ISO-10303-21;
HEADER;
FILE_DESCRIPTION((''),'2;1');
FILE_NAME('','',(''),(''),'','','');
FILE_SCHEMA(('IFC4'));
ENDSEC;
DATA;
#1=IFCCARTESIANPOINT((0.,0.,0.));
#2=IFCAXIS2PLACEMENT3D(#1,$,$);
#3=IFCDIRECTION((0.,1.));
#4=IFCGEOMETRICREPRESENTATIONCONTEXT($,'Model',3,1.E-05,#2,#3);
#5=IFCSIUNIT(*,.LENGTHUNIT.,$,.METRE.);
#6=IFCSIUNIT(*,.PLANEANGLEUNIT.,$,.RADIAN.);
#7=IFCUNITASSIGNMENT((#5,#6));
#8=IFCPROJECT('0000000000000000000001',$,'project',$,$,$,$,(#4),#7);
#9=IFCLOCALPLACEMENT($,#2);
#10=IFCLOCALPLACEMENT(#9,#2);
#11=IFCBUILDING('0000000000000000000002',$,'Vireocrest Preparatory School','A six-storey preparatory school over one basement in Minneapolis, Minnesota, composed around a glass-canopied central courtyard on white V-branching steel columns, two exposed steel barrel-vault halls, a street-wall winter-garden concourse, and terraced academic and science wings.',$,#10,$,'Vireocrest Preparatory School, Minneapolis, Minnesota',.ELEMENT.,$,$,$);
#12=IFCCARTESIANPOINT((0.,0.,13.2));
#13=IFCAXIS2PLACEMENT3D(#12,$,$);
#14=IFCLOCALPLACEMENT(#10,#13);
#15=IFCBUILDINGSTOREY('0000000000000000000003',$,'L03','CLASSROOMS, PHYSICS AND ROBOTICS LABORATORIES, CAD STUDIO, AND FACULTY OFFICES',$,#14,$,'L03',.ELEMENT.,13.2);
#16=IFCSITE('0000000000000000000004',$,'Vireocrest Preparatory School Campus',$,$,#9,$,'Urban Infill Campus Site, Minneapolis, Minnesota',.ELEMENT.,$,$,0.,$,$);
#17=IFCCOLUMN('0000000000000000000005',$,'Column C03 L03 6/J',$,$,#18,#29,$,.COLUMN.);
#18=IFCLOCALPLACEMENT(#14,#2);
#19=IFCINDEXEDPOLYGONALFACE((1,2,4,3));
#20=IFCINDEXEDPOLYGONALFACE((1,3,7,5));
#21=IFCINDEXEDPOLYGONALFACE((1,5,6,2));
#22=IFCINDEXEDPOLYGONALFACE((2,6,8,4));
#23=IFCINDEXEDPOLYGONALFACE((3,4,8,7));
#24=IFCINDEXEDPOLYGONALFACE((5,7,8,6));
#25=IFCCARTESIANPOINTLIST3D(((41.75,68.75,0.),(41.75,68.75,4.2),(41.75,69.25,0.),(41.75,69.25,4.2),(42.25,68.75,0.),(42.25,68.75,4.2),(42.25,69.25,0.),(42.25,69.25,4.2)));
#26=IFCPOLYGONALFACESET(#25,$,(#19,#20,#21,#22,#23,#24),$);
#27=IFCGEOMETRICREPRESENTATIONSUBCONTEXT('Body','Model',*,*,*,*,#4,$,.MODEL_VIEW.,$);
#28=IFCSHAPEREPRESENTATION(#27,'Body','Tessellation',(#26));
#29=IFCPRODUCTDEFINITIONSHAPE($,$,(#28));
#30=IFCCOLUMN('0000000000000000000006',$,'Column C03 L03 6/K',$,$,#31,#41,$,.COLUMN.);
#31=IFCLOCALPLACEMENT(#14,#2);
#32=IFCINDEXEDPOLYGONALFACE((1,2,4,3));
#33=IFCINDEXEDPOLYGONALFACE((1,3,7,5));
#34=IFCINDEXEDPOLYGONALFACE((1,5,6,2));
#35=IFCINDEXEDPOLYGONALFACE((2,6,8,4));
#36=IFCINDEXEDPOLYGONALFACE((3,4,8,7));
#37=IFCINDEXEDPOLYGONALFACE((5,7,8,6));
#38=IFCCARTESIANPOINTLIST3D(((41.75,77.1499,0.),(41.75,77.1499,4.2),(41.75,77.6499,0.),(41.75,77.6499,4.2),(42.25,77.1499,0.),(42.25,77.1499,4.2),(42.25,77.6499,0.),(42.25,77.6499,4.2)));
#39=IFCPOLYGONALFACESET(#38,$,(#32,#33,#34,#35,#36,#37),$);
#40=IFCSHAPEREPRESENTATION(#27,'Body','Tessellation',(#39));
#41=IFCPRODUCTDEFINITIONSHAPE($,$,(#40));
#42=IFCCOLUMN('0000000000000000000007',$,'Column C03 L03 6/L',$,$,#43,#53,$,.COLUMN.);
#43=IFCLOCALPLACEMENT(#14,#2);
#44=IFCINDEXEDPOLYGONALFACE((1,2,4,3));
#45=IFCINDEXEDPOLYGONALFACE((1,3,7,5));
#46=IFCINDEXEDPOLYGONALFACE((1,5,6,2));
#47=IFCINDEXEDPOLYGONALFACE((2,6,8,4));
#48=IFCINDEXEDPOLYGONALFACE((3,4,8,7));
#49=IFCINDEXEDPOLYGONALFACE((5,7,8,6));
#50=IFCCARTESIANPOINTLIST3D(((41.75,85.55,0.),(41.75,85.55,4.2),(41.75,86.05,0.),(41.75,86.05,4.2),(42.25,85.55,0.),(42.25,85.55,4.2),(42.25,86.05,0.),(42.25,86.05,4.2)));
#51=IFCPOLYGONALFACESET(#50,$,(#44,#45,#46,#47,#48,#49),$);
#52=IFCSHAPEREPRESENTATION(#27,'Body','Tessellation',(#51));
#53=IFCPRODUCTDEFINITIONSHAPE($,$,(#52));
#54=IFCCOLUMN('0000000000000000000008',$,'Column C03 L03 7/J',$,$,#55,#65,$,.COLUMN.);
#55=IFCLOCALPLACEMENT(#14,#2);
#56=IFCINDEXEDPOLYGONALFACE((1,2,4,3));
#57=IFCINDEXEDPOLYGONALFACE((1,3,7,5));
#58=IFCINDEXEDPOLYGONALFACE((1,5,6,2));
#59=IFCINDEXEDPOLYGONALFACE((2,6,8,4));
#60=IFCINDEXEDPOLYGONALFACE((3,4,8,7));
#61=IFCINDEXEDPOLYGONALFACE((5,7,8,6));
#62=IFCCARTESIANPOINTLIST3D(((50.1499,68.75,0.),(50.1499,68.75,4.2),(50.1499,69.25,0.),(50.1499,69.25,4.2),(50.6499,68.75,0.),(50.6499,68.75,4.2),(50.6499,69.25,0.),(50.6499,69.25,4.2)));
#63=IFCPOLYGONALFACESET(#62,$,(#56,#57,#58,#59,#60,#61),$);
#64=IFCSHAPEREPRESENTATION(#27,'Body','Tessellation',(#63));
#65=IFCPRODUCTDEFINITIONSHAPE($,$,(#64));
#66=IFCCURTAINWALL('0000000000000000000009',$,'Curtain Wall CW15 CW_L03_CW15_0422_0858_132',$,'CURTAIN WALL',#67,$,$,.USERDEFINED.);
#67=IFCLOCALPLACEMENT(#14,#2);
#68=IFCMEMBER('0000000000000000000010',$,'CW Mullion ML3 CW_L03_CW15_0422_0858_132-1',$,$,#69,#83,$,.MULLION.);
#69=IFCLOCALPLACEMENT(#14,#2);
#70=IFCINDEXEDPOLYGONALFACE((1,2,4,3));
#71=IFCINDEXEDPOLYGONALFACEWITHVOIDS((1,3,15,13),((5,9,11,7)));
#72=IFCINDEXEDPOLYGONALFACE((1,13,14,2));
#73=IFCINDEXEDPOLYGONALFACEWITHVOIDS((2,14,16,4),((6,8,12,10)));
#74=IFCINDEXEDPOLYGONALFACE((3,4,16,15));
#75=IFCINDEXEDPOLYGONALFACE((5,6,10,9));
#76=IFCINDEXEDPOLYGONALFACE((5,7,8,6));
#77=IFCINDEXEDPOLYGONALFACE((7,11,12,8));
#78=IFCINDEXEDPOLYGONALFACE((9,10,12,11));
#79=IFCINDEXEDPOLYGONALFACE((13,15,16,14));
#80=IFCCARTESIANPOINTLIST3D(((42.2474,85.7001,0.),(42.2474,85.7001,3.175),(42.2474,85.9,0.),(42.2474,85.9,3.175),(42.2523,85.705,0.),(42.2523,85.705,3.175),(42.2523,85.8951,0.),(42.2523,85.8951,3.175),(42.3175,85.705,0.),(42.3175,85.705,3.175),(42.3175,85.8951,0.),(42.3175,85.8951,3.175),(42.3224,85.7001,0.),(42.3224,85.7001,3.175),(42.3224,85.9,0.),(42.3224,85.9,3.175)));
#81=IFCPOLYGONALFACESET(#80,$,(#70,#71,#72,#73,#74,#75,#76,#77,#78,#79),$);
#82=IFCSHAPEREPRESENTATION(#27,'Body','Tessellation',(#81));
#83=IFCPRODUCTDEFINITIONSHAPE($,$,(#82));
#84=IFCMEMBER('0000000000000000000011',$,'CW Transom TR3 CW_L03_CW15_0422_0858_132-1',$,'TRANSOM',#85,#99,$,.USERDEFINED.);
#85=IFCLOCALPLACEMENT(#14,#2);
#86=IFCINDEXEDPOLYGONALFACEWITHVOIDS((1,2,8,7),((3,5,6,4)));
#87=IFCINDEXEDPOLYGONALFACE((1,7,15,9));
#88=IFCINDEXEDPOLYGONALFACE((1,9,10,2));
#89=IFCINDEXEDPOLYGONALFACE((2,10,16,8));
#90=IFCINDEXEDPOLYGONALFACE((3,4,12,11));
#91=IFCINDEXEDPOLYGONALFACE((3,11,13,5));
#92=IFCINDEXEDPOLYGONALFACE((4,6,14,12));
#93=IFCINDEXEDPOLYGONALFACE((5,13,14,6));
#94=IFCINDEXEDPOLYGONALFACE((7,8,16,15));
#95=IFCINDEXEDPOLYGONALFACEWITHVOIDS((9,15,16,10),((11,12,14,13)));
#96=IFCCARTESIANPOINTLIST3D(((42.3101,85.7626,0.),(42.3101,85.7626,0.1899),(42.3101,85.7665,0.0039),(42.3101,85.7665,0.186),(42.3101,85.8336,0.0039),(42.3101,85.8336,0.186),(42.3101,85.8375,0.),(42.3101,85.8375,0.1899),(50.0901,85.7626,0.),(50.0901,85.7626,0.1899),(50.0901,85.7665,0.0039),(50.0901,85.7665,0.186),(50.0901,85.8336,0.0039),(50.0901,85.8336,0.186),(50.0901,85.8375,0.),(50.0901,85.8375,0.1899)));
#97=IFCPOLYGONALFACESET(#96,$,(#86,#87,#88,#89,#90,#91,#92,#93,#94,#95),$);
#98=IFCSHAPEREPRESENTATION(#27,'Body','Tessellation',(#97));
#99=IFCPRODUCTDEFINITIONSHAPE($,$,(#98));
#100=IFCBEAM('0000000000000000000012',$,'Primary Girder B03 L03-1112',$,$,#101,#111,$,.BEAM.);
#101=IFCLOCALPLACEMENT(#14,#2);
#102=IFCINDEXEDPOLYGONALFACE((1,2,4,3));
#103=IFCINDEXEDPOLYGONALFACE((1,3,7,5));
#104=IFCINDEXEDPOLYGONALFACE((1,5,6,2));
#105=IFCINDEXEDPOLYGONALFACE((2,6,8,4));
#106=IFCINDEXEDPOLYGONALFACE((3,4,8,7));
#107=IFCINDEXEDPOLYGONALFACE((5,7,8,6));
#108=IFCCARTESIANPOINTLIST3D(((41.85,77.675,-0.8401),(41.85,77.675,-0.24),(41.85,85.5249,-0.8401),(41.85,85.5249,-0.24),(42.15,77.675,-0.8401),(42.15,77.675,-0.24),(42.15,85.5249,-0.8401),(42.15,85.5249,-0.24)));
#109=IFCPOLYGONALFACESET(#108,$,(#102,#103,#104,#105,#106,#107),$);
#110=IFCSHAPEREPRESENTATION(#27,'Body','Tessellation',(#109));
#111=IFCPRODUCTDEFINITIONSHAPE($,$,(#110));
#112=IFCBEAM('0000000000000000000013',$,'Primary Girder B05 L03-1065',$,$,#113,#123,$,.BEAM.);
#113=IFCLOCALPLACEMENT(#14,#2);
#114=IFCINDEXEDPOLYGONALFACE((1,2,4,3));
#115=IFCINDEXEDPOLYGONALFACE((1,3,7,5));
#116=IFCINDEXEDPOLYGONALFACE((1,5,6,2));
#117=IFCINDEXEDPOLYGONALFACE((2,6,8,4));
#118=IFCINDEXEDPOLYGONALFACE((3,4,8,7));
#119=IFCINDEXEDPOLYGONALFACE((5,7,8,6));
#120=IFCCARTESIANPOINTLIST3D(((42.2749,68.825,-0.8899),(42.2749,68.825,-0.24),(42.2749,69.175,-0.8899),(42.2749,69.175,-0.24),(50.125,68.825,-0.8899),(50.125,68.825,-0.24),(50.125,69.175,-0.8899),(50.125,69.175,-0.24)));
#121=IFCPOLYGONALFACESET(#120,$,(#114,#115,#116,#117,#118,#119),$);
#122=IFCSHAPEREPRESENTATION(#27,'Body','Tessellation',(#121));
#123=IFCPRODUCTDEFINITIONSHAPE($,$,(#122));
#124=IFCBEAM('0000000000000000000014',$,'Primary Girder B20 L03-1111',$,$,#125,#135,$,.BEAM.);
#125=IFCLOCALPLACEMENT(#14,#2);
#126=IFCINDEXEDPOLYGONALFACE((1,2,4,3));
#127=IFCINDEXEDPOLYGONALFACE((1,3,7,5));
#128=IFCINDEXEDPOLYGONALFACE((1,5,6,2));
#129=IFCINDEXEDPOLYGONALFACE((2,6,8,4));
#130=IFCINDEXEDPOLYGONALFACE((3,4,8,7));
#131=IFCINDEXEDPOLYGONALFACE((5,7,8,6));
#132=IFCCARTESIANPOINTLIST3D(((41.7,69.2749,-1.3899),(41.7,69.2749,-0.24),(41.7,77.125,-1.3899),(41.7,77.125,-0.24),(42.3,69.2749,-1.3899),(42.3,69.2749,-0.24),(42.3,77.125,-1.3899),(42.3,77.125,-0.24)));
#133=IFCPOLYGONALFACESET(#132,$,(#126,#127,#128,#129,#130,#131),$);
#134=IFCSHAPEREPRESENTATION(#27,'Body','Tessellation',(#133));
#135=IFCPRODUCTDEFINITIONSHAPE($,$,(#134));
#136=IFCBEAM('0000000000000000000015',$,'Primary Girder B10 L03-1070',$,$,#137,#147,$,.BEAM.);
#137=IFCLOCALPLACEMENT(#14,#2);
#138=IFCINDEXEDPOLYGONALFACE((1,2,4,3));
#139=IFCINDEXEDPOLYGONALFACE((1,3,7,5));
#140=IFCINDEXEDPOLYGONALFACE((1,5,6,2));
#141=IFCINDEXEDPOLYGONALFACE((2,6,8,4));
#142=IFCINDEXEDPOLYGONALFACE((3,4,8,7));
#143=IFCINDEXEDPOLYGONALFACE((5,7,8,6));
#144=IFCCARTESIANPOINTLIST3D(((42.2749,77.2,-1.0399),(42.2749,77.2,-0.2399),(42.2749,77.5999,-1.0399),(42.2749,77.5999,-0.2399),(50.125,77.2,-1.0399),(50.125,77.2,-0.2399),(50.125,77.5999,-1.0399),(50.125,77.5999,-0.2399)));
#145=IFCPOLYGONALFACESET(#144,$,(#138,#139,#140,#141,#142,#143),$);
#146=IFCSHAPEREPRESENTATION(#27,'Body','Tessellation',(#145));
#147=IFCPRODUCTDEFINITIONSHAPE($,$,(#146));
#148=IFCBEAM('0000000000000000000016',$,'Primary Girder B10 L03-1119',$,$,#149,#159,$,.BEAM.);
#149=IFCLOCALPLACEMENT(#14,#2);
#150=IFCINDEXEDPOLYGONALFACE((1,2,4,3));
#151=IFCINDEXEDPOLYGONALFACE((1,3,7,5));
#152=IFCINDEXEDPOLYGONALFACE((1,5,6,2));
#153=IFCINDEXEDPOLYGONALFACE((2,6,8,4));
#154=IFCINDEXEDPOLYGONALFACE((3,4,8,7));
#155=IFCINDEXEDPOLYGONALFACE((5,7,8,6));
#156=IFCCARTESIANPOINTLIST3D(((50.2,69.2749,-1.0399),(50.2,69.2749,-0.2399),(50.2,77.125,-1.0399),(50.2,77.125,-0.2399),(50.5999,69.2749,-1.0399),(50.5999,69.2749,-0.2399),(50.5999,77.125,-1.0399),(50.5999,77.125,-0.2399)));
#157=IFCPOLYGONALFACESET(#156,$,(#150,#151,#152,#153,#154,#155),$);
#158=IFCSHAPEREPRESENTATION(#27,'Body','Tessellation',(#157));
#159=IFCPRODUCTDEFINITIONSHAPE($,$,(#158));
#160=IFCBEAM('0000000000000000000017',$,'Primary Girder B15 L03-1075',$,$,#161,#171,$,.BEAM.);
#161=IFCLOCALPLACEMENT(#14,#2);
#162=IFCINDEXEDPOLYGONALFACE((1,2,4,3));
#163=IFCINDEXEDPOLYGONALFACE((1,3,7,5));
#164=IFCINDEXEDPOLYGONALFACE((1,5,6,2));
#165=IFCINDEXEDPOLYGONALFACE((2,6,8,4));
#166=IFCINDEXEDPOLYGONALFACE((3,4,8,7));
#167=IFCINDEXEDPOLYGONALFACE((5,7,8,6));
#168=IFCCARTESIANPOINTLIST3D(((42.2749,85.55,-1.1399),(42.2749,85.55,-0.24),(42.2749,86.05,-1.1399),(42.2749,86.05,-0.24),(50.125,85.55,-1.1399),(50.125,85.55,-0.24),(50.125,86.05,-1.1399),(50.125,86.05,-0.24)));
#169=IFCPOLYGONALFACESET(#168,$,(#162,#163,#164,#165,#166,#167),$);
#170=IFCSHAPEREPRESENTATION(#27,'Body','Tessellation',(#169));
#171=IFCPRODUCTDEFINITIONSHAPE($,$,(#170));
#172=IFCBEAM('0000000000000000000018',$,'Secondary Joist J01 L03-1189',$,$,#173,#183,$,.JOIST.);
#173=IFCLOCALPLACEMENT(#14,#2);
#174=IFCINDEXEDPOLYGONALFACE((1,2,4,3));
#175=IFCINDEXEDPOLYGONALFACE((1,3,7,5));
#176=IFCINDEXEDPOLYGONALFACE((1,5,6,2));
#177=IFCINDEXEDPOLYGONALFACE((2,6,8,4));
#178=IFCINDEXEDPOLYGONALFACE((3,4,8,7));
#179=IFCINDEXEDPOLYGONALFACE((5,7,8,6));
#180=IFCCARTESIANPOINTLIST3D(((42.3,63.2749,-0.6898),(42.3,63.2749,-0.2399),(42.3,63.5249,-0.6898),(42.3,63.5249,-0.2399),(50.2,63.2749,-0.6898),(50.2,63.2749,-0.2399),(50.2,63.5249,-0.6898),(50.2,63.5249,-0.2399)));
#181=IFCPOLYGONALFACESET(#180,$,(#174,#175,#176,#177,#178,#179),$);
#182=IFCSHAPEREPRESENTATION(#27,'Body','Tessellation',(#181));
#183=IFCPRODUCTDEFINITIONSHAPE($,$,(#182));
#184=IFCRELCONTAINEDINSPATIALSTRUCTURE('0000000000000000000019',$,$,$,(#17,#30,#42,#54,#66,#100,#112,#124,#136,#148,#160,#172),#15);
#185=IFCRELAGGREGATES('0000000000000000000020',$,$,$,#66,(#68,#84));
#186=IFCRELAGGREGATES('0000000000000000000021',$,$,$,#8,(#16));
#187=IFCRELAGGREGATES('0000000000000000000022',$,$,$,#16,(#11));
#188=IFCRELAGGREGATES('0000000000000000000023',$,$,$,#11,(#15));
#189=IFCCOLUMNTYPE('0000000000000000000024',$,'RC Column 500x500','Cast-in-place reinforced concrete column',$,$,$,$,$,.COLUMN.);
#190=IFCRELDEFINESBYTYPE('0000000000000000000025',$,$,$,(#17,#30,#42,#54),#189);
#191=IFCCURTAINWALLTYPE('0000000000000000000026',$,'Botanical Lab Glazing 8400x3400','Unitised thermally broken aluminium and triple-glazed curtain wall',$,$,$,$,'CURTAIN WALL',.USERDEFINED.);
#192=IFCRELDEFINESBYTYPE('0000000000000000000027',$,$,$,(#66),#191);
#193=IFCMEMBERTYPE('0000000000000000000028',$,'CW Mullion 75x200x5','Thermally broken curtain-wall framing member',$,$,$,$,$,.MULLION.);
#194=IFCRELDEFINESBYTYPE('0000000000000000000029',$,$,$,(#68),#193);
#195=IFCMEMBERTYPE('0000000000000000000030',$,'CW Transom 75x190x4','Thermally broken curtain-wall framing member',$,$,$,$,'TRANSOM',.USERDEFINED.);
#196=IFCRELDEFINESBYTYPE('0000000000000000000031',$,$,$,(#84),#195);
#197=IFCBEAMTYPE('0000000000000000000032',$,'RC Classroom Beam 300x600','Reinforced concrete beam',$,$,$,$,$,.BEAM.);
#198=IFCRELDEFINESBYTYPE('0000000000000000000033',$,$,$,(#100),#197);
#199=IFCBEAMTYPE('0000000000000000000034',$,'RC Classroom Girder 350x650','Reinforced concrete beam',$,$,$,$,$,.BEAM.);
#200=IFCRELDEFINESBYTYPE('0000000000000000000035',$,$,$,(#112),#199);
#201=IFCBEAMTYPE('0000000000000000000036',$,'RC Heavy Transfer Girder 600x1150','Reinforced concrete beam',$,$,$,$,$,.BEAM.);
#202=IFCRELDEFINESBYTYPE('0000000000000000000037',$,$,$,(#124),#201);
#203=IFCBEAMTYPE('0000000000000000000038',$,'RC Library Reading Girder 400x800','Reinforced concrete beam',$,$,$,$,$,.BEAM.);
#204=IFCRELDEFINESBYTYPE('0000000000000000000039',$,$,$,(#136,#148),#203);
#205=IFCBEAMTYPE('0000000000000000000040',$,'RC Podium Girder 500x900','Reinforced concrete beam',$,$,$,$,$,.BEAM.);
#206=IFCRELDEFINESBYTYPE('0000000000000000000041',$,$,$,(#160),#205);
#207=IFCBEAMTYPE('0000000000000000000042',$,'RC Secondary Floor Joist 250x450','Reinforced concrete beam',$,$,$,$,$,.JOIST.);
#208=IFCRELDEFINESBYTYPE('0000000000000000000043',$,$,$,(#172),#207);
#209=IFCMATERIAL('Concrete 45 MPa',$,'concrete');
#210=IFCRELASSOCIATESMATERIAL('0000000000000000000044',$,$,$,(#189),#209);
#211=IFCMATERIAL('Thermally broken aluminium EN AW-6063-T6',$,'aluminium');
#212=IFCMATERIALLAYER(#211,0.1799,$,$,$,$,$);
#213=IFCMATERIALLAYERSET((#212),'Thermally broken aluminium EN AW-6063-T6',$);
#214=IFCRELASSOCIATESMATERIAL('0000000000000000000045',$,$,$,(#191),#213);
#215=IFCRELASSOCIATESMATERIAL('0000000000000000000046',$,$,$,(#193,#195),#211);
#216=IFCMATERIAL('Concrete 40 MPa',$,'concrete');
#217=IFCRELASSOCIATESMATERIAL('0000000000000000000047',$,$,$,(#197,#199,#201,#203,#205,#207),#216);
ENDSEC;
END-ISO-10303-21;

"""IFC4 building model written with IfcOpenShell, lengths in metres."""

from ifc_helpers import new_model, si_unit, direction, frame, origin, origin_2d, place, context, subcontext, project, spatial, rectangle, hollow_rectangle, extrude, material, layer, layer_set, material_profile, profile_set, type_object, element, aggregate, save


model = new_model("IFC4")

# Units and contexts
model_context = context("Model", 3, precision=1e-05, world=origin(), true_north=direction((0.0, 1.0)))
body_context = subcontext(model_context, "Body", "Model", "MODEL_VIEW")
ifc_project = project(units=[si_unit("LENGTHUNIT", "METRE"), si_unit("PLANEANGLEUNIT", "RADIAN")], contexts=[model_context])

# Site, building, storey
site_placement = place(None, origin())
site = spatial("IfcSite", under=ifc_project, at=site_placement, Name="Vireocrest Preparatory School Campus", LongName="Urban Infill Campus Site, Minneapolis, Minnesota", CompositionType="ELEMENT", RefElevation=0.0)
building_placement = place(site_placement, origin())
building = spatial("IfcBuilding", under=site, at=building_placement, Name="Vireocrest Preparatory School", Description="A six-storey preparatory school over one basement in Minneapolis, Minnesota, composed around a glass-canopied central courtyard on white V-branching steel columns, two exposed steel barrel-vault halls, a street-wall winter-garden concourse, and terraced academic and science wings.", LongName="Vireocrest Preparatory School, Minneapolis, Minnesota", CompositionType="ELEMENT")
storey_placement = place(building_placement, frame((0.0, 0.0, 13.2)))
storey = spatial("IfcBuildingStorey", under=building, at=storey_placement, Name="L03", Description="CLASSROOMS, PHYSICS AND ROBOTICS LABORATORIES, CAD STUDIO, AND FACULTY OFFICES", LongName="L03", CompositionType="ELEMENT", Elevation=13.2)

# Columns
ifc_material_1 = material(Name="Concrete 45 MPa", Category="concrete")
ifc_material_profile_1 = material_profile(ifc_material_1, rectangle(XDim=0.5, YDim=0.5, at=origin_2d()), Name="RC 500x500")
ifc_profile_set_1 = profile_set([ifc_material_profile_1], Name="Concrete 45 MPa")
column_type = type_object("IfcColumnType", Name="RC Column 500x500", Description="Cast-in-place reinforced concrete column", PredefinedType="COLUMN", material=ifc_profile_set_1)
for number, where, z_axis, x_axis, name in (
    (1, (42.0, 69.0, 0.0), (0.0, 0.0, 1.0), (1.0, 0.0, 0.0), "Column C03 L03 6/J"),
    (2, (42.0, 77.3999, 0.0), (0.0, 0.0, 1.0), (1.0, 0.0, 0.0), "Column C03 L03 6/K"),
    (3, (42.0, 85.8, 0.0), (0.0, 0.0, 1.0), (1.0, 0.0, 0.0), "Column C03 L03 6/L"),
    (4, (50.3999, 69.0, 0.0), (0.0, 0.0, 1.0), (1.0, 0.0, 0.0), "Column C03 L03 7/J"),
):
    element("IfcColumn", number, at=place(storey_placement, frame(where, z_axis=z_axis, x_axis=x_axis)), inside=storey, type_object=column_type, Name=name, PredefinedType="COLUMN", context=body_context, shape_type="SweptSolid", body=[
        extrude(rectangle(XDim=0.5, YDim=0.5, at=origin_2d()), origin(), (0.0, 0.0, 1.0), 4.2),
    ])

# Curtain wall, members
ifc_material_2 = material(Name="Thermally broken aluminium EN AW-6063-T6", Category="aluminium")
ifc_layer_1 = layer(ifc_material_2, 0.1799)
ifc_layer_set_1 = layer_set([ifc_layer_1], Name="Thermally broken aluminium EN AW-6063-T6")
curtain_wall_type = type_object("IfcCurtainWallType", Name="Botanical Lab Glazing 8400x3400", Description="Unitised thermally broken aluminium and triple-glazed curtain wall", ElementType="CURTAIN WALL", PredefinedType="USERDEFINED", material=ifc_layer_set_1)
curtain_wall_placement = place(storey_placement, origin())
curtain_wall = element("IfcCurtainWall", 5, at=curtain_wall_placement, inside=storey, type_object=curtain_wall_type, Name="Curtain Wall CW15 CW_L03_CW15_0422_0858_132", ObjectType="CURTAIN WALL", PredefinedType="USERDEFINED")
ifc_material_profile_2 = material_profile(ifc_material_2, hollow_rectangle(XDim=0.075, YDim=0.2, WallThickness=0.0049, at=origin_2d()), Name="ALU 75x200x5")
ifc_profile_set_2 = profile_set([ifc_material_profile_2], Name="Thermally broken aluminium EN AW-6063-T6")
member_type_1 = type_object("IfcMemberType", Name="CW Mullion 75x200x5", Description="Thermally broken curtain-wall framing member", PredefinedType="MULLION", material=ifc_profile_set_2)
member_1_placement = place(storey_placement, frame((42.2849, 85.8, 0.0), z_axis=(0.0, 0.0, 1.0), x_axis=(1.0, 0.0, 0.0)))
member_1 = element("IfcMember", 6, at=member_1_placement, type_object=member_type_1, Name="CW Mullion ML3 CW_L03_CW15_0422_0858_132-1", PredefinedType="MULLION", context=body_context, shape_type="SweptSolid", body=[
    extrude(hollow_rectangle(XDim=0.075, YDim=0.2, WallThickness=0.0049, at=origin_2d()), origin(), (0.0, 0.0, 1.0), 3.175),
])
ifc_material_profile_3 = material_profile(ifc_material_2, hollow_rectangle(XDim=0.075, YDim=0.1899, WallThickness=0.0039, at=origin_2d()), Name="ALU 75x190x4")
ifc_profile_set_3 = profile_set([ifc_material_profile_3], Name="Thermally broken aluminium EN AW-6063-T6")
member_type_2 = type_object("IfcMemberType", Name="CW Transom 75x190x4", Description="Thermally broken curtain-wall framing member", ElementType="TRANSOM", PredefinedType="USERDEFINED", material=ifc_profile_set_3)
member_2_placement = place(storey_placement, frame((42.3101, 85.8, 0.095), z_axis=(1.0, 0.0, 0.0), x_axis=(0.0, 1.0, 0.0)))
member_2 = element("IfcMember", 7, at=member_2_placement, type_object=member_type_2, Name="CW Transom TR3 CW_L03_CW15_0422_0858_132-1", ObjectType="TRANSOM", PredefinedType="USERDEFINED", context=body_context, shape_type="SweptSolid", body=[
    extrude(hollow_rectangle(XDim=0.075, YDim=0.1899, WallThickness=0.0039, at=origin_2d()), origin(), (0.0, 0.0, 1.0), 7.78),
])
aggregate(curtain_wall, [member_1, member_2])

# Beams
ifc_material_3 = material(Name="Concrete 40 MPa", Category="concrete")
ifc_material_profile_4 = material_profile(ifc_material_3, rectangle(XDim=0.3, YDim=0.6001, at=origin_2d()), Name="RC 300x600")
ifc_profile_set_4 = profile_set([ifc_material_profile_4], Name="Concrete 40 MPa")
beam_type_1 = type_object("IfcBeamType", Name="RC Classroom Beam 300x600", Description="Reinforced concrete beam", PredefinedType="BEAM", material=ifc_profile_set_4)
beam_1_placement = place(storey_placement, frame((42.0, 77.675, -0.54), z_axis=(0.0, 1.0, 0.0), x_axis=(-1.0, 0.0, 0.0)))
element("IfcBeam", 8, at=beam_1_placement, inside=storey, type_object=beam_type_1, Name="Primary Girder B03 L03-1112", PredefinedType="BEAM", context=body_context, shape_type="SweptSolid", body=[
    extrude(rectangle(XDim=0.3, YDim=0.6001, at=origin_2d()), origin(), (0.0, 0.0, 1.0), 7.8499),
])
ifc_material_profile_5 = material_profile(ifc_material_3, rectangle(XDim=0.3501, YDim=0.6499, at=origin_2d()), Name="RC 350x650")
ifc_profile_set_5 = profile_set([ifc_material_profile_5], Name="Concrete 40 MPa")
beam_type_2 = type_object("IfcBeamType", Name="RC Classroom Girder 350x650", Description="Reinforced concrete beam", PredefinedType="BEAM", material=ifc_profile_set_5)
beam_2_placement = place(storey_placement, frame((42.2749, 69.0, -0.5649), z_axis=(1.0, 0.0, 0.0), x_axis=(0.0, 1.0, 0.0)))
element("IfcBeam", 9, at=beam_2_placement, inside=storey, type_object=beam_type_2, Name="Primary Girder B05 L03-1065", PredefinedType="BEAM", context=body_context, shape_type="SweptSolid", body=[
    extrude(rectangle(XDim=0.3501, YDim=0.6499, at=origin_2d()), origin(), (0.0, 0.0, 1.0), 7.8501),
])
ifc_material_profile_6 = material_profile(ifc_material_3, rectangle(XDim=0.6001, YDim=1.1499, at=origin_2d()), Name="RC 600x1150")
ifc_profile_set_6 = profile_set([ifc_material_profile_6], Name="Concrete 40 MPa")
beam_type_3 = type_object("IfcBeamType", Name="RC Heavy Transfer Girder 600x1150", Description="Reinforced concrete beam", PredefinedType="BEAM", material=ifc_profile_set_6)
beam_3_placement = place(storey_placement, frame((42.0, 69.2749, -0.8149), z_axis=(0.0, 1.0, 0.0), x_axis=(-1.0, 0.0, 0.0)))
element("IfcBeam", 10, at=beam_3_placement, inside=storey, type_object=beam_type_3, Name="Primary Girder B20 L03-1111", PredefinedType="BEAM", context=body_context, shape_type="SweptSolid", body=[
    extrude(rectangle(XDim=0.6001, YDim=1.1499, at=origin_2d()), origin(), (0.0, 0.0, 1.0), 7.8501),
])
ifc_material_profile_7 = material_profile(ifc_material_3, rectangle(XDim=0.3999, YDim=0.8, at=origin_2d()), Name="RC 400x800")
ifc_profile_set_7 = profile_set([ifc_material_profile_7], Name="Concrete 40 MPa")
beam_type_4 = type_object("IfcBeamType", Name="RC Library Reading Girder 400x800", Description="Reinforced concrete beam", PredefinedType="BEAM", material=ifc_profile_set_7)
for number, where, z_axis, x_axis, name in (
    (11, (42.2749, 77.3999, -0.6399), (1.0, 0.0, 0.0), (0.0, 1.0, 0.0), "Primary Girder B10 L03-1070"),
    (12, (50.3999, 69.2749, -0.6399), (0.0, 1.0, 0.0), (-1.0, 0.0, 0.0), "Primary Girder B10 L03-1119"),
):
    element("IfcBeam", number, at=place(storey_placement, frame(where, z_axis=z_axis, x_axis=x_axis)), inside=storey, type_object=beam_type_4, Name=name, PredefinedType="BEAM", context=body_context, shape_type="SweptSolid", body=[
        extrude(rectangle(XDim=0.3999, YDim=0.8, at=origin_2d()), origin(), (0.0, 0.0, 1.0), 7.8501),
    ])
ifc_material_profile_8 = material_profile(ifc_material_3, rectangle(XDim=0.5, YDim=0.8999, at=origin_2d()), Name="RC 500x900")
ifc_profile_set_8 = profile_set([ifc_material_profile_8], Name="Concrete 40 MPa")
beam_type_5 = type_object("IfcBeamType", Name="RC Podium Girder 500x900", Description="Reinforced concrete beam", PredefinedType="BEAM", material=ifc_profile_set_8)
beam_4_placement = place(storey_placement, frame((42.2749, 85.8, -0.6899), z_axis=(1.0, 0.0, 0.0), x_axis=(0.0, 1.0, 0.0)))
element("IfcBeam", 13, at=beam_4_placement, inside=storey, type_object=beam_type_5, Name="Primary Girder B15 L03-1075", PredefinedType="BEAM", context=body_context, shape_type="SweptSolid", body=[
    extrude(rectangle(XDim=0.5, YDim=0.8999, at=origin_2d()), origin(), (0.0, 0.0, 1.0), 7.8501),
])
ifc_material_profile_9 = material_profile(ifc_material_3, rectangle(XDim=0.25, YDim=0.45, at=origin_2d()), Name="RC 250x450")
ifc_profile_set_9 = profile_set([ifc_material_profile_9], Name="Concrete 40 MPa")
beam_type_6 = type_object("IfcBeamType", Name="RC Secondary Floor Joist 250x450", Description="Reinforced concrete beam", PredefinedType="JOIST", material=ifc_profile_set_9)
for number, where, z_axis, x_axis, name in (
    (14, (42.3, 63.3999, -0.4648), (1.0, 0.0, 0.0), (0.0, 1.0, 0.0), "Secondary Joist J01 L03-1189"),
):
    element("IfcBeam", number, at=place(storey_placement, frame(where, z_axis=z_axis, x_axis=x_axis)), inside=storey, type_object=beam_type_6, Name=name, PredefinedType="JOIST", context=body_context, shape_type="SweptSolid", body=[
        extrude(rectangle(XDim=0.25, YDim=0.45, at=origin_2d()), origin(), (0.0, 0.0, 1.0), 7.8999),
    ])

save(model, "model.ifc")
